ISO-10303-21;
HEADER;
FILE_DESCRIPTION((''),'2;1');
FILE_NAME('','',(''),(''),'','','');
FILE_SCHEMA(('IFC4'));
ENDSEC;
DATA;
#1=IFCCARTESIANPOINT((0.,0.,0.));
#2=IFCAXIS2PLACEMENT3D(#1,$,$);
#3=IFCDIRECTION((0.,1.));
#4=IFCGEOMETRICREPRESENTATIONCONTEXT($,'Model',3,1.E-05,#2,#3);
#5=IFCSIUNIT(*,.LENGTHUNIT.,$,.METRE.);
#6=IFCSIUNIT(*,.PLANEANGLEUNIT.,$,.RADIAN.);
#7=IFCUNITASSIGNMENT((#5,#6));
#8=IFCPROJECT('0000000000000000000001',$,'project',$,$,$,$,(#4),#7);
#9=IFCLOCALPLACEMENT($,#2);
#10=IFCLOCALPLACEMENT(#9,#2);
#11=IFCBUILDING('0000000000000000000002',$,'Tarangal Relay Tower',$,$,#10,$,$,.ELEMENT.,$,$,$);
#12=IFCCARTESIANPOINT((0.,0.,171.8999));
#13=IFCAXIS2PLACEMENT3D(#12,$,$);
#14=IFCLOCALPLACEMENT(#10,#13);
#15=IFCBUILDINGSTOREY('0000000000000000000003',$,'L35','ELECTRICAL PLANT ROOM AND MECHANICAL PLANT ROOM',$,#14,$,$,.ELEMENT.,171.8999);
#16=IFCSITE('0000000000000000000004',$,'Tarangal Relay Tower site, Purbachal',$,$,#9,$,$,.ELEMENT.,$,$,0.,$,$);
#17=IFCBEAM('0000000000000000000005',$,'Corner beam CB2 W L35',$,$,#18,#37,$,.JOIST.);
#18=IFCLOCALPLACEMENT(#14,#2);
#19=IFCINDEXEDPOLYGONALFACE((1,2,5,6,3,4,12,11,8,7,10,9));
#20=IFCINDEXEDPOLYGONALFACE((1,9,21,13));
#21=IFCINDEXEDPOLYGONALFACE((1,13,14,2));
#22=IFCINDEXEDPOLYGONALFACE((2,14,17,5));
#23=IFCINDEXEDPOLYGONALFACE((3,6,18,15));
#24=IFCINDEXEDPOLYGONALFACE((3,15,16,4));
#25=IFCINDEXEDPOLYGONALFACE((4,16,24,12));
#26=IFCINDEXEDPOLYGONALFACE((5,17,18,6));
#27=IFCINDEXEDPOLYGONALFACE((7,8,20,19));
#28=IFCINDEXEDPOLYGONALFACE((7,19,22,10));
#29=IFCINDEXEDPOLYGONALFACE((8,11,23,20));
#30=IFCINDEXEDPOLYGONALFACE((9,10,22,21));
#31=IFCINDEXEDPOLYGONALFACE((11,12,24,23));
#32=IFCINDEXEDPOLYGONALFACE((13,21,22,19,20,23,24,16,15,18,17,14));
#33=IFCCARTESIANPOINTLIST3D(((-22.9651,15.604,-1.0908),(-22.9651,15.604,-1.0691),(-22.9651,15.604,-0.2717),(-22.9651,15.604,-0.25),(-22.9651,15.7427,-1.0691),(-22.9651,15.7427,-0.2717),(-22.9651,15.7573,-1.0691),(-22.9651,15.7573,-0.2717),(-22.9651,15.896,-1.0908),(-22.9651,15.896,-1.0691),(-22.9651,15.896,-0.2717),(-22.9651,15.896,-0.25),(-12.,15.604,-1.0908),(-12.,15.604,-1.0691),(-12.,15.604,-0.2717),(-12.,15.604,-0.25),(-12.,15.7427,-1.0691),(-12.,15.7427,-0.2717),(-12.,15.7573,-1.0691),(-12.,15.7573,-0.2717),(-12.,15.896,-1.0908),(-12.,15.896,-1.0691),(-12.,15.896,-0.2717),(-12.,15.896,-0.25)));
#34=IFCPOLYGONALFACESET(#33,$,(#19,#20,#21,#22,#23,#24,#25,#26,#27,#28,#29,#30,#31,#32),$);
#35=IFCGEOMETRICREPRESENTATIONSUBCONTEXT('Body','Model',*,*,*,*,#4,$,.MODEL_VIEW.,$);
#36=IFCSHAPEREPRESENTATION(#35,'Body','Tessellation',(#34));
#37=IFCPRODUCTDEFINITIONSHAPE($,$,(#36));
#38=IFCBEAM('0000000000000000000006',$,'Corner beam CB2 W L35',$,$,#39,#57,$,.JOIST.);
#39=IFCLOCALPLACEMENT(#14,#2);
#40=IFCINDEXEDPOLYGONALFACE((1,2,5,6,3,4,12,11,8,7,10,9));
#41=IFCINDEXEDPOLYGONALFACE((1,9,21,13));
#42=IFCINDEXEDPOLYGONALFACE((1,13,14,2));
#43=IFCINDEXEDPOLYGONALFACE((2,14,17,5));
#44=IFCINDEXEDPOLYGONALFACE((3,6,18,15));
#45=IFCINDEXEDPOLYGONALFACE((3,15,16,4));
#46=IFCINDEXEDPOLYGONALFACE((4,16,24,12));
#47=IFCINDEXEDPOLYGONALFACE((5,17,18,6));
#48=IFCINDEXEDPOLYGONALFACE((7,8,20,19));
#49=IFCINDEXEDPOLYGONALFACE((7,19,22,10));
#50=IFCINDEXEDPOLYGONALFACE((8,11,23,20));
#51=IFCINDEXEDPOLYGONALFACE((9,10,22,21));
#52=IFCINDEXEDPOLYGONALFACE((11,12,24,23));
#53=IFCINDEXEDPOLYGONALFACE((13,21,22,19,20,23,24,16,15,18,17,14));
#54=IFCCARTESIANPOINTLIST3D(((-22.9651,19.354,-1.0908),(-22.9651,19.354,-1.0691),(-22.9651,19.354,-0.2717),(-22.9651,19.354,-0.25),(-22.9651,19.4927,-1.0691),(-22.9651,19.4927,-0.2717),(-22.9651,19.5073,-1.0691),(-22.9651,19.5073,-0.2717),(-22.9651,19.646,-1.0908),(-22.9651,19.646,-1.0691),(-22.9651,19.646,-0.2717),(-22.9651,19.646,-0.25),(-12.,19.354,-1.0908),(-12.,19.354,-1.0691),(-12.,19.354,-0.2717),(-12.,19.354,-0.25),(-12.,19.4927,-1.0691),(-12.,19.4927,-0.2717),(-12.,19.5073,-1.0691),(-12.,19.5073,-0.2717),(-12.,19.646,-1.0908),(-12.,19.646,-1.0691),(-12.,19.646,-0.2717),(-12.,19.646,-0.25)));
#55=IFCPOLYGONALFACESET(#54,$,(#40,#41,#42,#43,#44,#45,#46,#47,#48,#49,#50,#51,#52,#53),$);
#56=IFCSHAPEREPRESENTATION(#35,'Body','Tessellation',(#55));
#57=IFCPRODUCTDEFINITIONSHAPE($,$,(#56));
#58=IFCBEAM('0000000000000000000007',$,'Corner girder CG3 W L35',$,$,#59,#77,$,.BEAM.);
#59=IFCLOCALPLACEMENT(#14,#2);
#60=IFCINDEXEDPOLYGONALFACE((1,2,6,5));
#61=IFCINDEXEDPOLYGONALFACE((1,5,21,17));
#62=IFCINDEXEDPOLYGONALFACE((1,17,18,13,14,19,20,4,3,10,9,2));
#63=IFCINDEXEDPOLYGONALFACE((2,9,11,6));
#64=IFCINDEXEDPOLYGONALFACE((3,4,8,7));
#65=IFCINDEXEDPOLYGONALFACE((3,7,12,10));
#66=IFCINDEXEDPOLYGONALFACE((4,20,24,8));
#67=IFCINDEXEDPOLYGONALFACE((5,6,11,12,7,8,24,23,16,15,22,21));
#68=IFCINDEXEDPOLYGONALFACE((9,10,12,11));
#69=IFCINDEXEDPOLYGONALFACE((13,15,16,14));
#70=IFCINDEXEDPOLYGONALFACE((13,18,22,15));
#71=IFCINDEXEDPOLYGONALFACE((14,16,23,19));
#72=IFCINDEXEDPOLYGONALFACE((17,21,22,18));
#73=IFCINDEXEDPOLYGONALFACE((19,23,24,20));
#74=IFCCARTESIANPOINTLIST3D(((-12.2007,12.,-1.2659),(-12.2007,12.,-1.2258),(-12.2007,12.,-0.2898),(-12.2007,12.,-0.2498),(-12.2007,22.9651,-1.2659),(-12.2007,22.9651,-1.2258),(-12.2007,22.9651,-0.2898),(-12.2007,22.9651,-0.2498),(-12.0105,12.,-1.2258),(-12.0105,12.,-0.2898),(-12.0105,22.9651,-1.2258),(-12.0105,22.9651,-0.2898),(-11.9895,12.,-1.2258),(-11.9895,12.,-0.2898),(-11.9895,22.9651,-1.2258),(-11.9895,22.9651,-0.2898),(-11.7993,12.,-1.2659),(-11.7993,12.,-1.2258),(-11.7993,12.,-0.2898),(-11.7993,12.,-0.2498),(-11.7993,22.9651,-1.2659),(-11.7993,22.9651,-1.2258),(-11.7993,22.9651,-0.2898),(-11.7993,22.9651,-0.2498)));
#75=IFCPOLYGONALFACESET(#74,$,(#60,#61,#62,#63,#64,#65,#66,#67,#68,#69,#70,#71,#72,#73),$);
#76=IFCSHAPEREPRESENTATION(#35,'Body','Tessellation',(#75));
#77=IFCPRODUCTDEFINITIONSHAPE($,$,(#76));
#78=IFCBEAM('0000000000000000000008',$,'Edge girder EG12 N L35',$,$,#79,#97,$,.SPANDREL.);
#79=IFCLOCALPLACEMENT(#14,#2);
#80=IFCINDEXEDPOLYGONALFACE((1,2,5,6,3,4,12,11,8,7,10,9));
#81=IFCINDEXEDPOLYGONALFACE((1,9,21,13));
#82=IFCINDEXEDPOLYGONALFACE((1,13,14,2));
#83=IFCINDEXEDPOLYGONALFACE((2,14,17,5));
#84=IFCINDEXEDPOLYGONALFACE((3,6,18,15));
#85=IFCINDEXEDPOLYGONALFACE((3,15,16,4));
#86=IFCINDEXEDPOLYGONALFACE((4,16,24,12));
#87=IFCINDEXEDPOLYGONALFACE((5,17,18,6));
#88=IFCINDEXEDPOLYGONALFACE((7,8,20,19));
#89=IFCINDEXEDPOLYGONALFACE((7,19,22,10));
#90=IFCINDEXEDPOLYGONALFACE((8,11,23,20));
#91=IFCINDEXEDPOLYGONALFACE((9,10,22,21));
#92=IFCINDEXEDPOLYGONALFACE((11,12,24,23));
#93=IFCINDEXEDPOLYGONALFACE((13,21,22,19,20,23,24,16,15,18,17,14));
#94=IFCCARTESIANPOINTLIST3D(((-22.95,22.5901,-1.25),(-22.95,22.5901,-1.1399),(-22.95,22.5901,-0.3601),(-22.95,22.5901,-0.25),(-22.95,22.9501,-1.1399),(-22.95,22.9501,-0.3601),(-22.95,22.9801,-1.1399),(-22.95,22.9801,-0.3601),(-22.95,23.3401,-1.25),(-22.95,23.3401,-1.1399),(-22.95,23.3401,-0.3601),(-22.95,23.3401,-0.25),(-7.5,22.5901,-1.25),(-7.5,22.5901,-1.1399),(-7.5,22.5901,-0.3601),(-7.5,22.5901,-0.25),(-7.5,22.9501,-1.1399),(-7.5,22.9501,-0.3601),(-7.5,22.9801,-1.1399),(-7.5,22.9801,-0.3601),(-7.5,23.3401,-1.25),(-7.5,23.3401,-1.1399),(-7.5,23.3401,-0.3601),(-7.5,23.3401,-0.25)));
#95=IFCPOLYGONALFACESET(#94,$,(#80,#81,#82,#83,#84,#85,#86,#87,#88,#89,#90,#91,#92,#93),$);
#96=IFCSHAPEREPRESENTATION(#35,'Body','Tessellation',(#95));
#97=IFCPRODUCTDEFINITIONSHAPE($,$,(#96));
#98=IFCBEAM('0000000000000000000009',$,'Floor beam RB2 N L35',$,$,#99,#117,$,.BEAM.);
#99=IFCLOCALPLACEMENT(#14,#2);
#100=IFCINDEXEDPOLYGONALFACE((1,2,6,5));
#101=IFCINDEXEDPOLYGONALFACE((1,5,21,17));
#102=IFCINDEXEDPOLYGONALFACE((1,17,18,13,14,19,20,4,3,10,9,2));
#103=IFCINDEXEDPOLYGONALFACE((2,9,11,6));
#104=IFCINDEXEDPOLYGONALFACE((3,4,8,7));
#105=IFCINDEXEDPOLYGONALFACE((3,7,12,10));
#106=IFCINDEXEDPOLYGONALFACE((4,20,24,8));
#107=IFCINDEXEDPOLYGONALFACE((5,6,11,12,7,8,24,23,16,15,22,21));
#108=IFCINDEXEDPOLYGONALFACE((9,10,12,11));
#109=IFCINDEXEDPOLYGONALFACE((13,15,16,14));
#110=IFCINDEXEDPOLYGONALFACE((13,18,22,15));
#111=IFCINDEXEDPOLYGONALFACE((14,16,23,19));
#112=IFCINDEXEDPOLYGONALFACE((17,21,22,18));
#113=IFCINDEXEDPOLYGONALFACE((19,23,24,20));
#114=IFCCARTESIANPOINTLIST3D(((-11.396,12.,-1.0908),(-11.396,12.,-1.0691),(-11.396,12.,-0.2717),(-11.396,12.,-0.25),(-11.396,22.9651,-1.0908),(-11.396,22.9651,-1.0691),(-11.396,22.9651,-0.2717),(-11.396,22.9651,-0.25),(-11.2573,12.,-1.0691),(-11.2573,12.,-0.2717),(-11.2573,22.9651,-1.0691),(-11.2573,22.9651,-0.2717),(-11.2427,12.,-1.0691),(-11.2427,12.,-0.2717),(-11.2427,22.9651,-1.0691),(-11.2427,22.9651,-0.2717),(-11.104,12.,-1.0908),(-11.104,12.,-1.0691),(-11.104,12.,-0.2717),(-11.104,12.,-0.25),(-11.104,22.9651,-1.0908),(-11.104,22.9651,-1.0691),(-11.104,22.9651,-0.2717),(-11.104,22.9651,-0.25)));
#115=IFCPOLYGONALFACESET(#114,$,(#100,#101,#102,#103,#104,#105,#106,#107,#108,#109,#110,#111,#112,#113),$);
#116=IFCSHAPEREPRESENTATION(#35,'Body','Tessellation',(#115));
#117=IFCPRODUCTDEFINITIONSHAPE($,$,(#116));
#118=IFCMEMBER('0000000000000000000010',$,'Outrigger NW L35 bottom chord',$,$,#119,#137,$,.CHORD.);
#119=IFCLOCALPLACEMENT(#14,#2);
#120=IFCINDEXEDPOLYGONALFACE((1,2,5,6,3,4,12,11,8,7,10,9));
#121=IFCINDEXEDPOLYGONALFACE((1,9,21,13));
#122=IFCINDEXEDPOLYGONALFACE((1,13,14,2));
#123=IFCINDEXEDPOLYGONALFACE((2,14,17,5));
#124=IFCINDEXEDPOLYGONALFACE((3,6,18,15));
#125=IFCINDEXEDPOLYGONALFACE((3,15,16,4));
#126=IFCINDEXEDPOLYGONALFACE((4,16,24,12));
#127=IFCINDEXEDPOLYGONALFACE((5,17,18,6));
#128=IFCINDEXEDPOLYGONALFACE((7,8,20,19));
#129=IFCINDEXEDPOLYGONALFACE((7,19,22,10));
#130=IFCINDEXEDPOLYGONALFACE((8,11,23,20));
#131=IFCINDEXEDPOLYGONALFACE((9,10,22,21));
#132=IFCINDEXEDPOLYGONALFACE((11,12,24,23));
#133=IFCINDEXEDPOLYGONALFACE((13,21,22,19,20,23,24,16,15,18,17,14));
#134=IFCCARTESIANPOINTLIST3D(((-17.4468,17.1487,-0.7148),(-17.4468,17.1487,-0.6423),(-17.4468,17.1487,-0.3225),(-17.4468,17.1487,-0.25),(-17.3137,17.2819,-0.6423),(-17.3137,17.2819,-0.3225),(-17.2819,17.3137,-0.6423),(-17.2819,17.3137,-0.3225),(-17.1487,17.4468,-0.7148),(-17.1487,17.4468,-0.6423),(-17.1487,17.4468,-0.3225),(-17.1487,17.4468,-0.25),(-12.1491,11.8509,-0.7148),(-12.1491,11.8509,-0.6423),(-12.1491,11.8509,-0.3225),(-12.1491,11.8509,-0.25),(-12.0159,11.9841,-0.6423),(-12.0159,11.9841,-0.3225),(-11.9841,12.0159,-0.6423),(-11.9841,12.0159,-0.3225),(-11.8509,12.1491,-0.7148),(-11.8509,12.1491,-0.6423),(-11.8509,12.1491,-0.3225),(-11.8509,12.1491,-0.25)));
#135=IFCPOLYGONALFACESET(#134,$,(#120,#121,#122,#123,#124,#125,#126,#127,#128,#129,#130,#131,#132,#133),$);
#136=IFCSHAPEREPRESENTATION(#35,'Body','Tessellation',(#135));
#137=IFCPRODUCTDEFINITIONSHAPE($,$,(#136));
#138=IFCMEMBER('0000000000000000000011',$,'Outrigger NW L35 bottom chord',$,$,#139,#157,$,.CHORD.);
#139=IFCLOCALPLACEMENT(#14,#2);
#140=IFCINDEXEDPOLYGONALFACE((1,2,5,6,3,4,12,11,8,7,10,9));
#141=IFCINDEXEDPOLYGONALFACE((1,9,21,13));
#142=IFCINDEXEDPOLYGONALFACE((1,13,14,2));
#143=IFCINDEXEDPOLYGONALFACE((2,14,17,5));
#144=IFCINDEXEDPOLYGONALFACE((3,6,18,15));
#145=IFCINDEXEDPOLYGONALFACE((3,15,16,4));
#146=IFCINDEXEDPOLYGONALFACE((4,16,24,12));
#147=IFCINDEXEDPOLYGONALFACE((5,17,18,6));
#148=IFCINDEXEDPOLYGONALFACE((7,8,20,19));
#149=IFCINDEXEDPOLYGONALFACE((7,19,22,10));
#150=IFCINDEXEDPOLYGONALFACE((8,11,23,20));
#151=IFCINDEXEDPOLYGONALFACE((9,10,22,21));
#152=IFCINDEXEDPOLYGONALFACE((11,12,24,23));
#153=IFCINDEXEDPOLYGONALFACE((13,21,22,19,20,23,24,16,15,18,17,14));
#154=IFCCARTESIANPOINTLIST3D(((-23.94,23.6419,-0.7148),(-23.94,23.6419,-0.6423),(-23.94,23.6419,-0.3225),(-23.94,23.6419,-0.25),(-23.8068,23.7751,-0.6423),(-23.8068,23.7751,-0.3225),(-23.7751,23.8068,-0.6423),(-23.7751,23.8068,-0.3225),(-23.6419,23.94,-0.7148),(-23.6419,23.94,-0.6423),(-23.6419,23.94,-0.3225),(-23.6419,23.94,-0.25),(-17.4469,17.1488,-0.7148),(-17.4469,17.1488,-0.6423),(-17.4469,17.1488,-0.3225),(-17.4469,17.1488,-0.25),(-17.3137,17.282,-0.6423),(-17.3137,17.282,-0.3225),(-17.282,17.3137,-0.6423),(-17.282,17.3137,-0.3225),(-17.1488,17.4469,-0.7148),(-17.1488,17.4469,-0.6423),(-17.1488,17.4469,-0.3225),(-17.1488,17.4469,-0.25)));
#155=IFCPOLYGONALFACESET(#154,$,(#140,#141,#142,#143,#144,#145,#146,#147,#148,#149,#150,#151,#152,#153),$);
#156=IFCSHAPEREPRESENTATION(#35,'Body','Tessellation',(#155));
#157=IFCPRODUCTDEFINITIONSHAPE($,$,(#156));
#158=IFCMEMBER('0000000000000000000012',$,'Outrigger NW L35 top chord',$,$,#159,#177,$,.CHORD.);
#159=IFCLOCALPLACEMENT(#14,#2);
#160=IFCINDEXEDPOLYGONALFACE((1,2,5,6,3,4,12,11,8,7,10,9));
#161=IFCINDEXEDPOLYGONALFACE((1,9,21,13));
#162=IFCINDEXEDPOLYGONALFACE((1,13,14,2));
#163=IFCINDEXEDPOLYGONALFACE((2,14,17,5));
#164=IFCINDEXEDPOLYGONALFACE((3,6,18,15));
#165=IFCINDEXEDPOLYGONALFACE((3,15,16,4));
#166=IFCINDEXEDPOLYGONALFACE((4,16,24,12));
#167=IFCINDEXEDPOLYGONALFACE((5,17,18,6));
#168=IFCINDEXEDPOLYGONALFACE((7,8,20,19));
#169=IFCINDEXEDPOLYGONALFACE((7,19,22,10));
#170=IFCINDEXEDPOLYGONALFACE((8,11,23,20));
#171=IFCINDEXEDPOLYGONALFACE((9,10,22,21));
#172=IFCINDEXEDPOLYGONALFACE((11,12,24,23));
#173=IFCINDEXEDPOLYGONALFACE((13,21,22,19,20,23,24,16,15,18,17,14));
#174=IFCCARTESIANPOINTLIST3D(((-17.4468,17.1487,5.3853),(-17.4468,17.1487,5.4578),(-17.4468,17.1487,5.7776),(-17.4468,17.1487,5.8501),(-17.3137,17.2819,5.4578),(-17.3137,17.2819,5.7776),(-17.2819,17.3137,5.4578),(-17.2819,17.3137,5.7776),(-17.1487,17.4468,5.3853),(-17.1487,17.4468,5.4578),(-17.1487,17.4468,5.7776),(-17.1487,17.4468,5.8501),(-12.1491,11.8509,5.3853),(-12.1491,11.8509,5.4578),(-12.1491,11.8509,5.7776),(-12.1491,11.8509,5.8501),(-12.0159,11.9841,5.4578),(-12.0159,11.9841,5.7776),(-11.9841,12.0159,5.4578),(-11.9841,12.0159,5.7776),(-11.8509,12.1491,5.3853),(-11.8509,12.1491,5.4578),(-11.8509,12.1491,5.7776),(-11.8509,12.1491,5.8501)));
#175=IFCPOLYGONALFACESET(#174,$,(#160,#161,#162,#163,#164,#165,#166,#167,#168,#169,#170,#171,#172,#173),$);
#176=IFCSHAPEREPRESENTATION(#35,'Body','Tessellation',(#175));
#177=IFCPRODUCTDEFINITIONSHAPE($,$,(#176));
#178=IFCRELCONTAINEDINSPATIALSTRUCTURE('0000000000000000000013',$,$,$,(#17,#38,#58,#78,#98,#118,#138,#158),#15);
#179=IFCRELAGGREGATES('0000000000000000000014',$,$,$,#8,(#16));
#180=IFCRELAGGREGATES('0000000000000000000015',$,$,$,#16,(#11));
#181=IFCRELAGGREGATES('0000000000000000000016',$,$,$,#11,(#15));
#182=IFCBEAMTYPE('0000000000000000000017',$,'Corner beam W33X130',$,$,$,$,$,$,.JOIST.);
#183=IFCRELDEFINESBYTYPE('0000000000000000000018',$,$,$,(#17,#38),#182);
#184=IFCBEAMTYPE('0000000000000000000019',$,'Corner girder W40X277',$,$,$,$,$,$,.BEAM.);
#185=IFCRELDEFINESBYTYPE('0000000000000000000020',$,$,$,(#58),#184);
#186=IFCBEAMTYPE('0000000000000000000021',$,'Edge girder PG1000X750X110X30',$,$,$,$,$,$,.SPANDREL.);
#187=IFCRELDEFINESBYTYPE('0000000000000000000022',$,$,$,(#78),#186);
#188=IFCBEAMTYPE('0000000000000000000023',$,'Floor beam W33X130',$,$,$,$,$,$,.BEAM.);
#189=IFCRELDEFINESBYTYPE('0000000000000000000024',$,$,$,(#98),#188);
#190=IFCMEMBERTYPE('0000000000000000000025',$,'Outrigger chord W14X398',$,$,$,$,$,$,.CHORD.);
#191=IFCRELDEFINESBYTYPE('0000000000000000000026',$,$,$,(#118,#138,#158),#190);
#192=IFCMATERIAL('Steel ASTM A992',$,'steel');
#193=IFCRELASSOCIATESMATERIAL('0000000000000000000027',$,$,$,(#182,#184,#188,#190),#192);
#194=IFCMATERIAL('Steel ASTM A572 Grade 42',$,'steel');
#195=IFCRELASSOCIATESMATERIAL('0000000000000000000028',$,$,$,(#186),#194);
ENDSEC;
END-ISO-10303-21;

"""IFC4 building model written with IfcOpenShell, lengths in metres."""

from ifc_helpers import new_model, si_unit, direction, frame, origin, origin_2d, place, context, subcontext, project, spatial, i_section, extrude, clip, halfspace, material, material_profile, profile_set, type_object, element, save


model = new_model("IFC4")

# Units and contexts
model_context = context("Model", 3, precision=1e-05, world=origin(), true_north=direction((0.0, 1.0)))
body_context = subcontext(model_context, "Body", "Model", "MODEL_VIEW")
ifc_project = project(units=[si_unit("LENGTHUNIT", "METRE"), si_unit("PLANEANGLEUNIT", "RADIAN")], contexts=[model_context])

# Site, building, storey
site_placement = place(None, origin())
site = spatial("IfcSite", under=ifc_project, at=site_placement, Name="Tarangal Relay Tower site, Purbachal", CompositionType="ELEMENT", RefElevation=0.0)
building_placement = place(site_placement, origin())
building = spatial("IfcBuilding", under=site, at=building_placement, Name="Tarangal Relay Tower", CompositionType="ELEMENT")
storey_placement = place(building_placement, frame((0.0, 0.0, 171.8999)))
storey = spatial("IfcBuildingStorey", under=building, at=storey_placement, Name="L35", Description="ELECTRICAL PLANT ROOM AND MECHANICAL PLANT ROOM", CompositionType="ELEMENT", Elevation=171.8999)

# Shared definitions
ifc_material_1 = material(Name="Steel ASTM A572 Grade 42", Category="steel")

# Beams
ifc_material_2 = material(Name="Steel ASTM A992", Category="steel")
ifc_material_profile_1 = material_profile(ifc_material_2, i_section(OverallWidth=0.292, OverallDepth=0.8408, WebThickness=0.0146, FlangeThickness=0.0217, at=origin_2d()), Name="W33X130")
ifc_profile_set_1 = profile_set([ifc_material_profile_1], Name="Steel ASTM A992")
beam_type_1 = type_object("IfcBeamType", Name="Corner beam W33X130", PredefinedType="JOIST", material=ifc_profile_set_1)
for number, where, z_axis, x_axis, name in (
    (1, (-12.0, 15.75, -0.6704), (-1.0, 0.0, 0.0), (0.0, -1.0, 0.0), "Corner beam CB2 W L35"),
    (2, (-12.0, 19.5, -0.6704), (-1.0, 0.0, 0.0), (0.0, -1.0, 0.0), "Corner beam CB2 W L35"),
):
    element("IfcBeam", number, at=place(storey_placement, frame(where, z_axis=z_axis, x_axis=x_axis)), inside=storey, type_object=beam_type_1, Name=name, PredefinedType="JOIST", context=body_context, shape_type="SweptSolid", body=[
        extrude(i_section(OverallWidth=0.292, OverallDepth=0.8408, WebThickness=0.0146, FlangeThickness=0.0217, at=origin_2d()), origin(), (0.0, 0.0, 1.0), 10.9651),
    ])
ifc_material_profile_2 = material_profile(ifc_material_2, i_section(OverallWidth=0.4014, OverallDepth=1.0161, WebThickness=0.021, FlangeThickness=0.04, at=origin_2d()), Name="W40X277")
ifc_profile_set_2 = profile_set([ifc_material_profile_2], Name="Steel ASTM A992")
beam_type_2 = type_object("IfcBeamType", Name="Corner girder W40X277", PredefinedType="BEAM", material=ifc_profile_set_2)
beam_1_placement = place(storey_placement, frame((-12.0, 12.0, -0.7578), z_axis=(0.0, 1.0, 0.0), x_axis=(-1.0, 0.0, 0.0)))
element("IfcBeam", 3, at=beam_1_placement, inside=storey, type_object=beam_type_2, Name="Corner girder CG3 W L35", PredefinedType="BEAM", context=body_context, shape_type="SweptSolid", body=[
    extrude(i_section(OverallWidth=0.4014, OverallDepth=1.0161, WebThickness=0.021, FlangeThickness=0.04, at=origin_2d()), origin(), (0.0, 0.0, 1.0), 10.9651),
])
ifc_material_profile_3 = material_profile(ifc_material_1, i_section(OverallWidth=0.75, OverallDepth=1.0, WebThickness=0.03, FlangeThickness=0.1101, at=origin_2d()), Name="PG1000X750X110X30")
ifc_profile_set_3 = profile_set([ifc_material_profile_3], Name="Steel ASTM A572 Grade 42")
beam_type_3 = type_object("IfcBeamType", Name="Edge girder PG1000X750X110X30", PredefinedType="SPANDREL", material=ifc_profile_set_3)
beam_2_placement = place(storey_placement, frame((-22.95, 22.9651, -0.75), z_axis=(1.0, 0.0, 0.0), x_axis=(0.0, 1.0, 0.0)))
element("IfcBeam", 4, at=beam_2_placement, inside=storey, type_object=beam_type_3, Name="Edge girder EG12 N L35", PredefinedType="SPANDREL", context=body_context, shape_type="SweptSolid", body=[
    extrude(i_section(OverallWidth=0.75, OverallDepth=1.0, WebThickness=0.03, FlangeThickness=0.1101, at=origin_2d()), origin(), (0.0, 0.0, 1.0), 15.45),
])
ifc_material_profile_4 = material_profile(ifc_material_2, i_section(OverallWidth=0.292, OverallDepth=0.8408, WebThickness=0.0146, FlangeThickness=0.0217, at=origin_2d()), Name="W33X130")
ifc_profile_set_4 = profile_set([ifc_material_profile_4], Name="Steel ASTM A992")
beam_type_4 = type_object("IfcBeamType", Name="Floor beam W33X130", PredefinedType="BEAM", material=ifc_profile_set_4)
beam_3_placement = place(storey_placement, frame((-11.25, 12.0, -0.6704), z_axis=(0.0, 1.0, 0.0), x_axis=(-1.0, 0.0, 0.0)))
element("IfcBeam", 5, at=beam_3_placement, inside=storey, type_object=beam_type_4, Name="Floor beam RB2 N L35", PredefinedType="BEAM", context=body_context, shape_type="SweptSolid", body=[
    extrude(i_section(OverallWidth=0.292, OverallDepth=0.8408, WebThickness=0.0146, FlangeThickness=0.0217, at=origin_2d()), origin(), (0.0, 0.0, 1.0), 10.9651),
])

# Members
ifc_material_profile_5 = material_profile(ifc_material_2, i_section(OverallWidth=0.4216, OverallDepth=0.4648, WebThickness=0.0449, FlangeThickness=0.0725, at=origin_2d()), Name="W14X398")
ifc_profile_set_5 = profile_set([ifc_material_profile_5], Name="Steel ASTM A992")
member_type_1 = type_object("IfcMemberType", Name="Outrigger chord W14X398", PredefinedType="CHORD", material=ifc_profile_set_5)
member_1_placement = place(storey_placement, frame((-12.0, 12.0, -0.4824), z_axis=(-0.707107, 0.707107, 0.0), x_axis=(-0.707107, -0.707107, 0.0)))
element("IfcMember", 6, at=member_1_placement, inside=storey, type_object=member_type_1, Name="Outrigger NW L35 bottom chord", PredefinedType="CHORD", context=body_context, shape_type="SweptSolid", body=[
    extrude(i_section(OverallWidth=0.4216, OverallDepth=0.4648, WebThickness=0.0449, FlangeThickness=0.0725, at=origin_2d()), origin(), (0.0, 0.0, 1.0), 7.4922),
])
member_2_placement = place(storey_placement, frame((-17.2979, 17.2979, -0.4824), z_axis=(-0.707107, 0.707107, 0.0), x_axis=(-0.707107, -0.707107, 0.0)))
element("IfcMember", 7, at=member_2_placement, inside=storey, type_object=member_type_1, Name="Outrigger NW L35 bottom chord", PredefinedType="CHORD", context=body_context, shape_type="Clipping", body=[
    clip(extrude(i_section(OverallWidth=0.4216, OverallDepth=0.4648, WebThickness=0.0449, FlangeThickness=0.0725, at=origin_2d()), origin(), (0.0, 0.0, 1.0), 9.4783), halfspace(frame((0.0, 0.0, 9.1826)), False)),
])
member_3_placement = place(storey_placement, frame((-12.0, 12.0, 5.6177), z_axis=(-0.707107, 0.707107, 0.0), x_axis=(-0.707107, -0.707107, 0.0)))
element("IfcMember", 8, at=member_3_placement, inside=storey, type_object=member_type_1, Name="Outrigger NW L35 top chord", PredefinedType="CHORD", context=body_context, shape_type="SweptSolid", body=[
    extrude(i_section(OverallWidth=0.4216, OverallDepth=0.4648, WebThickness=0.0449, FlangeThickness=0.0725, at=origin_2d()), origin(), (0.0, 0.0, 1.0), 7.4922),
])

save(model, "model.ifc")
